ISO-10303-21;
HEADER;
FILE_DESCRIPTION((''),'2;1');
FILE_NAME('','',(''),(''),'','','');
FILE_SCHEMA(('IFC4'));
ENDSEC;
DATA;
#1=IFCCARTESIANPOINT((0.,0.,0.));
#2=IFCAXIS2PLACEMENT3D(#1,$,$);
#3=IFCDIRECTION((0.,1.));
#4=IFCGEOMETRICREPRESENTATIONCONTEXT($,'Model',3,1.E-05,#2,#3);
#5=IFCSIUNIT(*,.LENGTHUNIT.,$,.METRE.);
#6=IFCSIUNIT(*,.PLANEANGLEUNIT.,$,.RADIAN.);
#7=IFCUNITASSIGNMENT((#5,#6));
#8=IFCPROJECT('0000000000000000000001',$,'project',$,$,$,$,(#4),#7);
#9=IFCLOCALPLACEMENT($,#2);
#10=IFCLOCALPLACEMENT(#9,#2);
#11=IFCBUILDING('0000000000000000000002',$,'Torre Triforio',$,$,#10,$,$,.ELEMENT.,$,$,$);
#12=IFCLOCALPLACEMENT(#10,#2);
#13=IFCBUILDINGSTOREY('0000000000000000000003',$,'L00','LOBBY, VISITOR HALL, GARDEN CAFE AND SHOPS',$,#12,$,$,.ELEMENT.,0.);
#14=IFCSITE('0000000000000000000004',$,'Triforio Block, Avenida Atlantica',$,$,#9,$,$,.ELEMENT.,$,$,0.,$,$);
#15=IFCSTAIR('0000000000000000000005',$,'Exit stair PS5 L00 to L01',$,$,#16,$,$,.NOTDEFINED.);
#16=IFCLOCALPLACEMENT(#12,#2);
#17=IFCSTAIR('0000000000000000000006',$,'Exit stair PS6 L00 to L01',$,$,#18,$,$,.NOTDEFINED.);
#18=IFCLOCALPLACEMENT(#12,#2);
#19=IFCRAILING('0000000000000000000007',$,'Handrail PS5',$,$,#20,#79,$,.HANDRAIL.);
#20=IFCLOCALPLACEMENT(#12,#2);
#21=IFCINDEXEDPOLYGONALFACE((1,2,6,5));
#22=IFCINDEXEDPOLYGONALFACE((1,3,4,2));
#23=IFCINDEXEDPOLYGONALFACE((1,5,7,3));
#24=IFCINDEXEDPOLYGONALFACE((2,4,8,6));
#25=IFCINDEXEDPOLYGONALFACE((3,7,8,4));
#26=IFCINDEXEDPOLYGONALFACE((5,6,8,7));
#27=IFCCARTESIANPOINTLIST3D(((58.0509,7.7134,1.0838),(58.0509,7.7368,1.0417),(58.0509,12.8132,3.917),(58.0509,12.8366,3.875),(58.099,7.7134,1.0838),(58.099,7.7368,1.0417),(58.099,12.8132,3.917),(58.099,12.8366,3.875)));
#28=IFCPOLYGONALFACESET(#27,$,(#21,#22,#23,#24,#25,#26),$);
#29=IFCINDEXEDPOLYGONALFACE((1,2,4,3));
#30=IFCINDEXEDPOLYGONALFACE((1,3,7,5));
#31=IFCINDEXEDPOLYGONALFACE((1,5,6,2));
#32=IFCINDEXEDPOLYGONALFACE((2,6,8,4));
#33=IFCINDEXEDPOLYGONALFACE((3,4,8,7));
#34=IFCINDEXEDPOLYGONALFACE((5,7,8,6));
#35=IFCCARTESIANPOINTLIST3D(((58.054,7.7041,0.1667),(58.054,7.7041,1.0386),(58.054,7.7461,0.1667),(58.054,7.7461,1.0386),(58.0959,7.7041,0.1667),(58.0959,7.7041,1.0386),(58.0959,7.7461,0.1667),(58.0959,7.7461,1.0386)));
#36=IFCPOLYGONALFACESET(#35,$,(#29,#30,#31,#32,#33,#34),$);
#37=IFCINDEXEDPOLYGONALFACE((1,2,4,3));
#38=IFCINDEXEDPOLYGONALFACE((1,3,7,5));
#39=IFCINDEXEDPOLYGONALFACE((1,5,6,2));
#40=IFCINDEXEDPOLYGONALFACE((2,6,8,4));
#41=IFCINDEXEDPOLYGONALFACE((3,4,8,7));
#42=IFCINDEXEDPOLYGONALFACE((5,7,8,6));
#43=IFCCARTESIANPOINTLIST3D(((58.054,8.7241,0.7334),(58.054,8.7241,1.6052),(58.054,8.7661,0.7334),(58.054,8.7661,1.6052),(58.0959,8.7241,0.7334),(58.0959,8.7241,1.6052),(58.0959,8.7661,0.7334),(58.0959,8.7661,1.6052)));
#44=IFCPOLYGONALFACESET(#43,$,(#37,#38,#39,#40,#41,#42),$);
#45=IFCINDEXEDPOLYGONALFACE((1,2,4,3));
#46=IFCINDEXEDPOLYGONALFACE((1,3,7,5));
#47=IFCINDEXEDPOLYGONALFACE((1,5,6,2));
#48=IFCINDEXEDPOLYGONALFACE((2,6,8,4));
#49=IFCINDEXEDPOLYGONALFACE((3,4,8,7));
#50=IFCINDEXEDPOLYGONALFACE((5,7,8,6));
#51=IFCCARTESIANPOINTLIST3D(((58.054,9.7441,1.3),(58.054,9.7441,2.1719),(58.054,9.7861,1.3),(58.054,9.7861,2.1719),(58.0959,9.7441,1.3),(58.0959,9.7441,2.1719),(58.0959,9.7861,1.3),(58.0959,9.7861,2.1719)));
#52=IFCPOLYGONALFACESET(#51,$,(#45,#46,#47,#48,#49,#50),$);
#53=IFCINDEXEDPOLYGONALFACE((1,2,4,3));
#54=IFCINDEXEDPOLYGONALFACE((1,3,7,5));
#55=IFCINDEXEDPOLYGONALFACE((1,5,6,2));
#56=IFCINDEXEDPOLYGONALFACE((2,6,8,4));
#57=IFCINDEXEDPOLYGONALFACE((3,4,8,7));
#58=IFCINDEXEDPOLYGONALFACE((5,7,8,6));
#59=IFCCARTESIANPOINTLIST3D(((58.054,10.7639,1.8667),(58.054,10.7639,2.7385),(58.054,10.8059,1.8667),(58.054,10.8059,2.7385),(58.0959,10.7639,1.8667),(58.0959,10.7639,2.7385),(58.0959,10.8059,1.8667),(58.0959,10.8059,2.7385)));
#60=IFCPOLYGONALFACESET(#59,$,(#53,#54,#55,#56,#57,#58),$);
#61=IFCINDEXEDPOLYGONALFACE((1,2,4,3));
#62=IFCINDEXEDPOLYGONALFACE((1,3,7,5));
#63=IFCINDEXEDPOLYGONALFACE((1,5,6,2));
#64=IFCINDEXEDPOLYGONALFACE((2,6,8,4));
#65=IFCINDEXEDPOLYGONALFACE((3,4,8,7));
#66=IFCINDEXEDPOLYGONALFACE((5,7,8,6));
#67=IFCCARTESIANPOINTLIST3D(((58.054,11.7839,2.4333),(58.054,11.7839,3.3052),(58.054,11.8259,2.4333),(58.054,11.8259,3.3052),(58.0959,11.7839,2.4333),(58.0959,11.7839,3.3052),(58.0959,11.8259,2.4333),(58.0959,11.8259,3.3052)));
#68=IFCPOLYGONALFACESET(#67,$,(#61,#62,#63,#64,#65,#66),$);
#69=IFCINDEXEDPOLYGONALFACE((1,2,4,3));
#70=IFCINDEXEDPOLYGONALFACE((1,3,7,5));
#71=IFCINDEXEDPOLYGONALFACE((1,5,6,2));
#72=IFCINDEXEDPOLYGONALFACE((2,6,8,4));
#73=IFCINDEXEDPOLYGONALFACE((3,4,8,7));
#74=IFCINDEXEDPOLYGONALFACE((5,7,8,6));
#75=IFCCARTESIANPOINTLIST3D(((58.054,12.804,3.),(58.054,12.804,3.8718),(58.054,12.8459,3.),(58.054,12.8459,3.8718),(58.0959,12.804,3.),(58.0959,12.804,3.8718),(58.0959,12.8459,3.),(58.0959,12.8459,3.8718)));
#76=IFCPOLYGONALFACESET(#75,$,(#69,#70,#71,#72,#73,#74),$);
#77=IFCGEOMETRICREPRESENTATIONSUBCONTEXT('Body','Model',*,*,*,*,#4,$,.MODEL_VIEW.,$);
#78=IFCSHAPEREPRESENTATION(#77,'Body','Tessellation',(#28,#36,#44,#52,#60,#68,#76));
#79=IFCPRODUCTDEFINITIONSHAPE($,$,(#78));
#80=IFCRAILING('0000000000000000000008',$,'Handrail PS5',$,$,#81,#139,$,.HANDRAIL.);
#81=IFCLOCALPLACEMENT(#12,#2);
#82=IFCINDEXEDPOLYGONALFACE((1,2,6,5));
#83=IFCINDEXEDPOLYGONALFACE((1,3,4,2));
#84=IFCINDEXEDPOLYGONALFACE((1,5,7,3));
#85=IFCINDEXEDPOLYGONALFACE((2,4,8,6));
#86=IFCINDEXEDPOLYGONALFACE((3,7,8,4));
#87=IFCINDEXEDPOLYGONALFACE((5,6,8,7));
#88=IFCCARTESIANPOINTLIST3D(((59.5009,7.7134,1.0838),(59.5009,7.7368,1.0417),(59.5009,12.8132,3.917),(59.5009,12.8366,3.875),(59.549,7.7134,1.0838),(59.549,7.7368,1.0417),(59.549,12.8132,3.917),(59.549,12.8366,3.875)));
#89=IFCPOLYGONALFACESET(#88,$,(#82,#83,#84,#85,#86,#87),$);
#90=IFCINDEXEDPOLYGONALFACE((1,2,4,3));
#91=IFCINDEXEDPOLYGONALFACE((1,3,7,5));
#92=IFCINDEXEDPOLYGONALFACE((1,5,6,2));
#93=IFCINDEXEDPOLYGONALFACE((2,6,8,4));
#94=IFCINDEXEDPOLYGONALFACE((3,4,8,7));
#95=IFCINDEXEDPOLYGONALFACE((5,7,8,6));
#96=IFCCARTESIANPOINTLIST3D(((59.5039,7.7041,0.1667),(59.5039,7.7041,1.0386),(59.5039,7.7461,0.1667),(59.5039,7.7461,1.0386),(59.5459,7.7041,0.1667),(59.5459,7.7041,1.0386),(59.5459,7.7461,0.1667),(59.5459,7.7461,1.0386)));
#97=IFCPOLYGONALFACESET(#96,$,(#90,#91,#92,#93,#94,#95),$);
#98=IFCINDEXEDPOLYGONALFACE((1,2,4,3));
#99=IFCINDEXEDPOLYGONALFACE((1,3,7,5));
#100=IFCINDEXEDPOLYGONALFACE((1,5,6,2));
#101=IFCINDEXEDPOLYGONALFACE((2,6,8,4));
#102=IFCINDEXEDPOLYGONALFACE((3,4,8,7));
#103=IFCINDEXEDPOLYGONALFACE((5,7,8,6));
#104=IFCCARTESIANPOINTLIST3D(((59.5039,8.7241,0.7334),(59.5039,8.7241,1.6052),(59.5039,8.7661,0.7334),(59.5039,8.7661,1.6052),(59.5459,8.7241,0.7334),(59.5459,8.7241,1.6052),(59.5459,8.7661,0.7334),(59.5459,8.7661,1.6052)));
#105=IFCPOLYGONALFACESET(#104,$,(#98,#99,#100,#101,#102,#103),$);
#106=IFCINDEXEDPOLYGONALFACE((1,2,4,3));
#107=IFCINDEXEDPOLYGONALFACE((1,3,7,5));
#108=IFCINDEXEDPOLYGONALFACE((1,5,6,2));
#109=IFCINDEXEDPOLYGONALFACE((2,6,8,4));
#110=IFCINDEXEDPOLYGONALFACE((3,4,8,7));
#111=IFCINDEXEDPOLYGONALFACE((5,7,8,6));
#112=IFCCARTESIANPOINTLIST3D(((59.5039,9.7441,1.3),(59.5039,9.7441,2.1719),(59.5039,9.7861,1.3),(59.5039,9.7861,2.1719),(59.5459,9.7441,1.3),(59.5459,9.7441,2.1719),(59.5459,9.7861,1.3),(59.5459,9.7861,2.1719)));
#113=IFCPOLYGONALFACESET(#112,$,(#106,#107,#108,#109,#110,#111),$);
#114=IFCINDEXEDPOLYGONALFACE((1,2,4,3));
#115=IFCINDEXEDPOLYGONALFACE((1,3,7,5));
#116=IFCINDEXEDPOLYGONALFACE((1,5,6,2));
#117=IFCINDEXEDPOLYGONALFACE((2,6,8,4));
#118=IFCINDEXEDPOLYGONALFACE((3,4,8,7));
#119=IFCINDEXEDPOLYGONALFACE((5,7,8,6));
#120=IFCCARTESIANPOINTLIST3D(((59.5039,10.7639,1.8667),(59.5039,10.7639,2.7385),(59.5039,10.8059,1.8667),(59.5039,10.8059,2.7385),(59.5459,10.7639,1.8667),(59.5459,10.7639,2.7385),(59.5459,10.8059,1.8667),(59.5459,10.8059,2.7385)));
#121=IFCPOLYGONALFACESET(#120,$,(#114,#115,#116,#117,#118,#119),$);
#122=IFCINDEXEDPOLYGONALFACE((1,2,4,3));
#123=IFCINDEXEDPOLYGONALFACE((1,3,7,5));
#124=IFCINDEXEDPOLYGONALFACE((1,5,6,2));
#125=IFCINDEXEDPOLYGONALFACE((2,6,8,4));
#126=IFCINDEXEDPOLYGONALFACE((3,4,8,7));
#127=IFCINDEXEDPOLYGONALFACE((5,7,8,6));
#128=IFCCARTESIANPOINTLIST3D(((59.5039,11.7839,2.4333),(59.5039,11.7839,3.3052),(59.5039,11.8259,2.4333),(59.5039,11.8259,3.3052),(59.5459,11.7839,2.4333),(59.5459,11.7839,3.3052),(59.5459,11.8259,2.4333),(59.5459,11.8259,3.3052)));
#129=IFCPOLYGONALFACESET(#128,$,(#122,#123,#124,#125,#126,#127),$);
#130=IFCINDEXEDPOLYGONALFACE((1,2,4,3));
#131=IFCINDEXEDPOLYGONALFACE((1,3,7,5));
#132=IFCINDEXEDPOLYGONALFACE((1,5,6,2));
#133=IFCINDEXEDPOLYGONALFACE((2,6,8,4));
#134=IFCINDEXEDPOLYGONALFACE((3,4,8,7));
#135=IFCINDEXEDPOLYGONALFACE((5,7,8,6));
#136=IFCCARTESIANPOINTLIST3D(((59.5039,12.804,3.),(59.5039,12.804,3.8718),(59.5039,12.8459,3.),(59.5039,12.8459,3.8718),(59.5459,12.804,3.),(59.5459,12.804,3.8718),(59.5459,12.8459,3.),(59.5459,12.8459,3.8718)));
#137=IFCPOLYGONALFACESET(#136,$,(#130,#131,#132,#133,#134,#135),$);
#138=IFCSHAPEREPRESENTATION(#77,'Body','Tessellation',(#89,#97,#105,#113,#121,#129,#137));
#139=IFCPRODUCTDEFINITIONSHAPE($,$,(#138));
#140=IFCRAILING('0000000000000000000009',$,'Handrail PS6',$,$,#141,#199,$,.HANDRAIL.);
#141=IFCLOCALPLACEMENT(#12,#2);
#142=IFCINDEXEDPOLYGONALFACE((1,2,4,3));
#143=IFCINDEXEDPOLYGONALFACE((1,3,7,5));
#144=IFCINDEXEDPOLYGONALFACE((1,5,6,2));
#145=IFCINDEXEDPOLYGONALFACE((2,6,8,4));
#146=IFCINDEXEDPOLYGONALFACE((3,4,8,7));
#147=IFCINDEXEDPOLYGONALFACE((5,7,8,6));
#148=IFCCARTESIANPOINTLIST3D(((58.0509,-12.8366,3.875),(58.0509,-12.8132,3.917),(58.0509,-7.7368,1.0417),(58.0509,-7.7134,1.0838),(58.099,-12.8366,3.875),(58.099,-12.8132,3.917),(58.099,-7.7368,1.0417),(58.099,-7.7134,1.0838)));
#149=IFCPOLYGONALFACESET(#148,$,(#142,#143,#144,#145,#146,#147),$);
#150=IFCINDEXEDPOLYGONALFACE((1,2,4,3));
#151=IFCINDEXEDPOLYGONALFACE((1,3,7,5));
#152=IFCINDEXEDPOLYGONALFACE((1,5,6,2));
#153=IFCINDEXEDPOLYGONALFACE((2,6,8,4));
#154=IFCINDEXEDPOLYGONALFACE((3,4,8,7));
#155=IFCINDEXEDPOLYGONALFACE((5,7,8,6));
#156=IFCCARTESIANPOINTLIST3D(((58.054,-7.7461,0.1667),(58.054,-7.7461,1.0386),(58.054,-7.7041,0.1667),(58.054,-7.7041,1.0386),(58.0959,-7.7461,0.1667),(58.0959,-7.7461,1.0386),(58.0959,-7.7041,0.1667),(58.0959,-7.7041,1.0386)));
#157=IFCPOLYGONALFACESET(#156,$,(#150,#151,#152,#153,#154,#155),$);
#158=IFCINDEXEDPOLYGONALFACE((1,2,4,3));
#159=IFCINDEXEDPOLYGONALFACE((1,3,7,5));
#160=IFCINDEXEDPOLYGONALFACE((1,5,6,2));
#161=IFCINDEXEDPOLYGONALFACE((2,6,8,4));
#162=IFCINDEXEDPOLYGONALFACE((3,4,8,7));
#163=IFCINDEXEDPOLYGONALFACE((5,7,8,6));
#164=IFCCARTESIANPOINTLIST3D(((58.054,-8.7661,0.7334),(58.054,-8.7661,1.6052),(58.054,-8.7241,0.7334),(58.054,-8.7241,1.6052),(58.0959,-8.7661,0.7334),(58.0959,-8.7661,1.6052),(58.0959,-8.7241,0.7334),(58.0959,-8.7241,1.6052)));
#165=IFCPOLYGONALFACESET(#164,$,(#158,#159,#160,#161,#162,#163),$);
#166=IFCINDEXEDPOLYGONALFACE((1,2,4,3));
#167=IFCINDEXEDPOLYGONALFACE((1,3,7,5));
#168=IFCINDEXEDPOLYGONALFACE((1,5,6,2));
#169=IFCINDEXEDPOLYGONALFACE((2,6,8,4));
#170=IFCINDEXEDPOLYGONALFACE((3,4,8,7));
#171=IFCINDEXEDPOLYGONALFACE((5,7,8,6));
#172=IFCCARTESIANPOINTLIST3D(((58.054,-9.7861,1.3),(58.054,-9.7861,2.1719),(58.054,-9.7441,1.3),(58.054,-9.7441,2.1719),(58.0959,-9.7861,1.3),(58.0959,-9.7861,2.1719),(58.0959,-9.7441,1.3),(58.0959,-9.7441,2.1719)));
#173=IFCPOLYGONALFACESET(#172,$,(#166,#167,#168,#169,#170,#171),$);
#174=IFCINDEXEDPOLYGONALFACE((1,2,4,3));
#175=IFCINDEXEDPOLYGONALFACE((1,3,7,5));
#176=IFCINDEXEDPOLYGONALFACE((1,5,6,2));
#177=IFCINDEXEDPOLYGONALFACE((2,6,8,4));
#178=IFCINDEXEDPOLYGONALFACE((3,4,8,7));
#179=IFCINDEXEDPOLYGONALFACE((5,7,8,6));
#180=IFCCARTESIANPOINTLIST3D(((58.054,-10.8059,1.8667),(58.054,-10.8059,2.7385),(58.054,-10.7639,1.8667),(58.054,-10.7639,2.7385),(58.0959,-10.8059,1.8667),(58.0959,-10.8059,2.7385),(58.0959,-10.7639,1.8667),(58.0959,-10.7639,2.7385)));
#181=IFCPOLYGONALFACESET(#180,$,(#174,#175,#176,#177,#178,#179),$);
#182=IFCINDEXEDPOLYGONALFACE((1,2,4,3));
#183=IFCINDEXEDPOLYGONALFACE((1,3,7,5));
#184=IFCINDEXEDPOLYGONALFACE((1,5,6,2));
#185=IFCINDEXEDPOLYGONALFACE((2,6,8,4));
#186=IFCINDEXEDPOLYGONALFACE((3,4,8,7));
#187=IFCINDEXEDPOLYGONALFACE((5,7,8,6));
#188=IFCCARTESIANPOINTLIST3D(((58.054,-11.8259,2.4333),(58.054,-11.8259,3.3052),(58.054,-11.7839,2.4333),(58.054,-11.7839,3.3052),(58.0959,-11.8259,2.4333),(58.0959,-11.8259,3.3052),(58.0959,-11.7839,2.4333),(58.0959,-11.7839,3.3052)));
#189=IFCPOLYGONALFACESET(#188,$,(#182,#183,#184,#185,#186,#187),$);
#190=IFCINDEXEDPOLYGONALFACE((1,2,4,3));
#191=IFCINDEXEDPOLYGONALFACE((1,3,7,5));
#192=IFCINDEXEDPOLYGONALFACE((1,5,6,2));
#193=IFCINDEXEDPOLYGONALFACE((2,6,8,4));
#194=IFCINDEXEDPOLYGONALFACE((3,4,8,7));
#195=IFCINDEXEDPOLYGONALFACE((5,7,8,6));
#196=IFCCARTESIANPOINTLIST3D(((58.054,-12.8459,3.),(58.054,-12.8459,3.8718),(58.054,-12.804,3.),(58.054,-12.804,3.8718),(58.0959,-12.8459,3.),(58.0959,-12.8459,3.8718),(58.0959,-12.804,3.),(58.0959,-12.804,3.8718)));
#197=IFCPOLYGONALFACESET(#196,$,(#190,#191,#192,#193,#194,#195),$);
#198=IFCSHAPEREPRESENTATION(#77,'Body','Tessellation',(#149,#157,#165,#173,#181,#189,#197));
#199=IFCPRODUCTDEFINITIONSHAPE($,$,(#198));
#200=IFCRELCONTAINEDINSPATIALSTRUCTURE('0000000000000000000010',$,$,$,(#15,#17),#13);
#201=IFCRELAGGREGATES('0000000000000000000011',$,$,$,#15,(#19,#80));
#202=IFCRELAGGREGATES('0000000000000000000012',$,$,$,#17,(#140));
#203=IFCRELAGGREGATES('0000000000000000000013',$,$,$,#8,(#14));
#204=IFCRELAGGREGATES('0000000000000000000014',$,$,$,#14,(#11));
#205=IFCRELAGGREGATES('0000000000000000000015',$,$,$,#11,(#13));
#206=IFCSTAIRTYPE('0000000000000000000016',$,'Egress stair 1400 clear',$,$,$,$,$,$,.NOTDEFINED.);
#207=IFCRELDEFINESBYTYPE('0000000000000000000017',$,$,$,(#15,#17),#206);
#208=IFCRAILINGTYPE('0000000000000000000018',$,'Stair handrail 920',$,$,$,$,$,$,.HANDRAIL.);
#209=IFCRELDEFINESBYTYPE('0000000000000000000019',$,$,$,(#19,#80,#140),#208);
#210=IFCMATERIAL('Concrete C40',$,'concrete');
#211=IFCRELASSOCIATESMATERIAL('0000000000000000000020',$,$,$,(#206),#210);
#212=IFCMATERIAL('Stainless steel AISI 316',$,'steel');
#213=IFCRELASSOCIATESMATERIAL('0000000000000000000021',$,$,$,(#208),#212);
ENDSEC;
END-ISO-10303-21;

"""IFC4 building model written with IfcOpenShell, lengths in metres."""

from ifc_helpers import new_model, si_unit, direction, frame, origin, origin_2d, place, context, subcontext, project, spatial, rectangle, extrude, material, type_object, element, aggregate, save


model = new_model("IFC4")

# Units and contexts
model_context = context("Model", 3, precision=1e-05, world=origin(), true_north=direction((0.0, 1.0)))
body_context = subcontext(model_context, "Body", "Model", "MODEL_VIEW")
ifc_project = project(units=[si_unit("LENGTHUNIT", "METRE"), si_unit("PLANEANGLEUNIT", "RADIAN")], contexts=[model_context])

# Site, building, storey
site_placement = place(None, origin())
site = spatial("IfcSite", under=ifc_project, at=site_placement, Name="Triforio Block, Avenida Atlantica", CompositionType="ELEMENT", RefElevation=0.0)
building_placement = place(site_placement, origin())
building = spatial("IfcBuilding", under=site, at=building_placement, Name="Torre Triforio", CompositionType="ELEMENT")
storey_placement = place(building_placement, origin())
storey = spatial("IfcBuildingStorey", under=building, at=storey_placement, Name="L00", Description="LOBBY, VISITOR HALL, GARDEN CAFE AND SHOPS", CompositionType="ELEMENT", Elevation=0.0)

# Shared definitions
ifc_material_1 = material(Name="Concrete C40", Category="concrete")

# Stair
stair_type = type_object("IfcStairType", Name="Egress stair 1400 clear", PredefinedType="NOTDEFINED", material=ifc_material_1)
stair_1_placement = place(storey_placement, origin())
stair_1 = element("IfcStair", 1, at=stair_1_placement, inside=storey, type_object=stair_type, Name="Exit stair PS5 L00 to L01", PredefinedType="NOTDEFINED")

# Stair
stair_2_placement = place(storey_placement, origin())
stair_2 = element("IfcStair", 2, at=stair_2_placement, inside=storey, type_object=stair_type, Name="Exit stair PS6 L00 to L01", PredefinedType="NOTDEFINED")

# Railings
ifc_material_2 = material(Name="Stainless steel AISI 316", Category="steel")
railing_type = type_object("IfcRailingType", Name="Stair handrail 920", PredefinedType="HANDRAIL", material=ifc_material_2)
railing_1_placement = place(storey_placement, frame((58.075, 7.7251, 0.1667)))
railing_1 = element("IfcRailing", 3, at=railing_1_placement, type_object=railing_type, Name="Handrail PS5", PredefinedType="HANDRAIL", context=body_context, shape_type="SweptSolid", body=[
    extrude(rectangle(XDim=0.0481, YDim=0.0481, at=origin_2d()), frame((0.0, 0.0, 0.896), z_axis=(0.0, 0.874157, 0.485643), x_axis=(-1.0, 0.0, 0.0)), (0.0, 0.0, 1.0), 5.834),
    extrude(rectangle(XDim=0.042, YDim=0.042, at=origin_2d()), origin(), (0.0, 0.0, 1.0), 0.8718),
    extrude(rectangle(XDim=0.042, YDim=0.042, at=origin_2d()), frame((0.0, 1.02, 0.5667)), (0.0, 0.0, 1.0), 0.8718),
    extrude(rectangle(XDim=0.042, YDim=0.042, at=origin_2d()), frame((0.0, 2.04, 1.1333)), (0.0, 0.0, 1.0), 0.8718),
    extrude(rectangle(XDim=0.042, YDim=0.042, at=origin_2d()), frame((0.0, 3.0598, 1.7)), (0.0, 0.0, 1.0), 0.8718),
    extrude(rectangle(XDim=0.042, YDim=0.042, at=origin_2d()), frame((0.0, 4.0798, 2.2666)), (0.0, 0.0, 1.0), 0.8718),
    extrude(rectangle(XDim=0.042, YDim=0.042, at=origin_2d()), frame((0.0, 5.0999, 2.8333)), (0.0, 0.0, 1.0), 0.8718),
])
railing_2_placement = place(storey_placement, frame((59.5249, 7.7251, 0.1667)))
railing_2 = element("IfcRailing", 4, at=railing_2_placement, type_object=railing_type, Name="Handrail PS5", PredefinedType="HANDRAIL", context=body_context, shape_type="SweptSolid", body=[
    extrude(rectangle(XDim=0.0481, YDim=0.0481, at=origin_2d()), frame((0.0, 0.0, 0.896), z_axis=(0.0, 0.874157, 0.485643), x_axis=(-1.0, 0.0, 0.0)), (0.0, 0.0, 1.0), 5.834),
    extrude(rectangle(XDim=0.042, YDim=0.042, at=origin_2d()), origin(), (0.0, 0.0, 1.0), 0.8718),
    extrude(rectangle(XDim=0.042, YDim=0.042, at=origin_2d()), frame((0.0, 1.02, 0.5667)), (0.0, 0.0, 1.0), 0.8718),
    extrude(rectangle(XDim=0.042, YDim=0.042, at=origin_2d()), frame((0.0, 2.04, 1.1333)), (0.0, 0.0, 1.0), 0.8718),
    extrude(rectangle(XDim=0.042, YDim=0.042, at=origin_2d()), frame((0.0, 3.0598, 1.7)), (0.0, 0.0, 1.0), 0.8718),
    extrude(rectangle(XDim=0.042, YDim=0.042, at=origin_2d()), frame((0.0, 4.0798, 2.2666)), (0.0, 0.0, 1.0), 0.8718),
    extrude(rectangle(XDim=0.042, YDim=0.042, at=origin_2d()), frame((0.0, 5.0999, 2.8333)), (0.0, 0.0, 1.0), 0.8718),
])
aggregate(stair_1, [railing_1, railing_2])
railing_3_placement = place(storey_placement, frame((58.075, -7.7251, 0.1667)))
railing_3 = element("IfcRailing", 5, at=railing_3_placement, type_object=railing_type, Name="Handrail PS6", PredefinedType="HANDRAIL", context=body_context, shape_type="SweptSolid", body=[
    extrude(rectangle(XDim=0.0481, YDim=0.0481, at=origin_2d()), frame((0.0, 0.0, 0.896), z_axis=(0.0, -0.874157, 0.485643), x_axis=(1.0, 0.0, 0.0)), (0.0, 0.0, 1.0), 5.834),
    extrude(rectangle(XDim=0.042, YDim=0.042, at=origin_2d()), origin(), (0.0, 0.0, 1.0), 0.8718),
    extrude(rectangle(XDim=0.042, YDim=0.042, at=origin_2d()), frame((0.0, -1.02, 0.5667)), (0.0, 0.0, 1.0), 0.8718),
    extrude(rectangle(XDim=0.042, YDim=0.042, at=origin_2d()), frame((0.0, -2.04, 1.1333)), (0.0, 0.0, 1.0), 0.8718),
    extrude(rectangle(XDim=0.042, YDim=0.042, at=origin_2d()), frame((0.0, -3.0598, 1.7)), (0.0, 0.0, 1.0), 0.8718),
    extrude(rectangle(XDim=0.042, YDim=0.042, at=origin_2d()), frame((0.0, -4.0798, 2.2666)), (0.0, 0.0, 1.0), 0.8718),
    extrude(rectangle(XDim=0.042, YDim=0.042, at=origin_2d()), frame((0.0, -5.0999, 2.8333)), (0.0, 0.0, 1.0), 0.8718),
])
aggregate(stair_2, [railing_3])

save(model, "model.ifc")
